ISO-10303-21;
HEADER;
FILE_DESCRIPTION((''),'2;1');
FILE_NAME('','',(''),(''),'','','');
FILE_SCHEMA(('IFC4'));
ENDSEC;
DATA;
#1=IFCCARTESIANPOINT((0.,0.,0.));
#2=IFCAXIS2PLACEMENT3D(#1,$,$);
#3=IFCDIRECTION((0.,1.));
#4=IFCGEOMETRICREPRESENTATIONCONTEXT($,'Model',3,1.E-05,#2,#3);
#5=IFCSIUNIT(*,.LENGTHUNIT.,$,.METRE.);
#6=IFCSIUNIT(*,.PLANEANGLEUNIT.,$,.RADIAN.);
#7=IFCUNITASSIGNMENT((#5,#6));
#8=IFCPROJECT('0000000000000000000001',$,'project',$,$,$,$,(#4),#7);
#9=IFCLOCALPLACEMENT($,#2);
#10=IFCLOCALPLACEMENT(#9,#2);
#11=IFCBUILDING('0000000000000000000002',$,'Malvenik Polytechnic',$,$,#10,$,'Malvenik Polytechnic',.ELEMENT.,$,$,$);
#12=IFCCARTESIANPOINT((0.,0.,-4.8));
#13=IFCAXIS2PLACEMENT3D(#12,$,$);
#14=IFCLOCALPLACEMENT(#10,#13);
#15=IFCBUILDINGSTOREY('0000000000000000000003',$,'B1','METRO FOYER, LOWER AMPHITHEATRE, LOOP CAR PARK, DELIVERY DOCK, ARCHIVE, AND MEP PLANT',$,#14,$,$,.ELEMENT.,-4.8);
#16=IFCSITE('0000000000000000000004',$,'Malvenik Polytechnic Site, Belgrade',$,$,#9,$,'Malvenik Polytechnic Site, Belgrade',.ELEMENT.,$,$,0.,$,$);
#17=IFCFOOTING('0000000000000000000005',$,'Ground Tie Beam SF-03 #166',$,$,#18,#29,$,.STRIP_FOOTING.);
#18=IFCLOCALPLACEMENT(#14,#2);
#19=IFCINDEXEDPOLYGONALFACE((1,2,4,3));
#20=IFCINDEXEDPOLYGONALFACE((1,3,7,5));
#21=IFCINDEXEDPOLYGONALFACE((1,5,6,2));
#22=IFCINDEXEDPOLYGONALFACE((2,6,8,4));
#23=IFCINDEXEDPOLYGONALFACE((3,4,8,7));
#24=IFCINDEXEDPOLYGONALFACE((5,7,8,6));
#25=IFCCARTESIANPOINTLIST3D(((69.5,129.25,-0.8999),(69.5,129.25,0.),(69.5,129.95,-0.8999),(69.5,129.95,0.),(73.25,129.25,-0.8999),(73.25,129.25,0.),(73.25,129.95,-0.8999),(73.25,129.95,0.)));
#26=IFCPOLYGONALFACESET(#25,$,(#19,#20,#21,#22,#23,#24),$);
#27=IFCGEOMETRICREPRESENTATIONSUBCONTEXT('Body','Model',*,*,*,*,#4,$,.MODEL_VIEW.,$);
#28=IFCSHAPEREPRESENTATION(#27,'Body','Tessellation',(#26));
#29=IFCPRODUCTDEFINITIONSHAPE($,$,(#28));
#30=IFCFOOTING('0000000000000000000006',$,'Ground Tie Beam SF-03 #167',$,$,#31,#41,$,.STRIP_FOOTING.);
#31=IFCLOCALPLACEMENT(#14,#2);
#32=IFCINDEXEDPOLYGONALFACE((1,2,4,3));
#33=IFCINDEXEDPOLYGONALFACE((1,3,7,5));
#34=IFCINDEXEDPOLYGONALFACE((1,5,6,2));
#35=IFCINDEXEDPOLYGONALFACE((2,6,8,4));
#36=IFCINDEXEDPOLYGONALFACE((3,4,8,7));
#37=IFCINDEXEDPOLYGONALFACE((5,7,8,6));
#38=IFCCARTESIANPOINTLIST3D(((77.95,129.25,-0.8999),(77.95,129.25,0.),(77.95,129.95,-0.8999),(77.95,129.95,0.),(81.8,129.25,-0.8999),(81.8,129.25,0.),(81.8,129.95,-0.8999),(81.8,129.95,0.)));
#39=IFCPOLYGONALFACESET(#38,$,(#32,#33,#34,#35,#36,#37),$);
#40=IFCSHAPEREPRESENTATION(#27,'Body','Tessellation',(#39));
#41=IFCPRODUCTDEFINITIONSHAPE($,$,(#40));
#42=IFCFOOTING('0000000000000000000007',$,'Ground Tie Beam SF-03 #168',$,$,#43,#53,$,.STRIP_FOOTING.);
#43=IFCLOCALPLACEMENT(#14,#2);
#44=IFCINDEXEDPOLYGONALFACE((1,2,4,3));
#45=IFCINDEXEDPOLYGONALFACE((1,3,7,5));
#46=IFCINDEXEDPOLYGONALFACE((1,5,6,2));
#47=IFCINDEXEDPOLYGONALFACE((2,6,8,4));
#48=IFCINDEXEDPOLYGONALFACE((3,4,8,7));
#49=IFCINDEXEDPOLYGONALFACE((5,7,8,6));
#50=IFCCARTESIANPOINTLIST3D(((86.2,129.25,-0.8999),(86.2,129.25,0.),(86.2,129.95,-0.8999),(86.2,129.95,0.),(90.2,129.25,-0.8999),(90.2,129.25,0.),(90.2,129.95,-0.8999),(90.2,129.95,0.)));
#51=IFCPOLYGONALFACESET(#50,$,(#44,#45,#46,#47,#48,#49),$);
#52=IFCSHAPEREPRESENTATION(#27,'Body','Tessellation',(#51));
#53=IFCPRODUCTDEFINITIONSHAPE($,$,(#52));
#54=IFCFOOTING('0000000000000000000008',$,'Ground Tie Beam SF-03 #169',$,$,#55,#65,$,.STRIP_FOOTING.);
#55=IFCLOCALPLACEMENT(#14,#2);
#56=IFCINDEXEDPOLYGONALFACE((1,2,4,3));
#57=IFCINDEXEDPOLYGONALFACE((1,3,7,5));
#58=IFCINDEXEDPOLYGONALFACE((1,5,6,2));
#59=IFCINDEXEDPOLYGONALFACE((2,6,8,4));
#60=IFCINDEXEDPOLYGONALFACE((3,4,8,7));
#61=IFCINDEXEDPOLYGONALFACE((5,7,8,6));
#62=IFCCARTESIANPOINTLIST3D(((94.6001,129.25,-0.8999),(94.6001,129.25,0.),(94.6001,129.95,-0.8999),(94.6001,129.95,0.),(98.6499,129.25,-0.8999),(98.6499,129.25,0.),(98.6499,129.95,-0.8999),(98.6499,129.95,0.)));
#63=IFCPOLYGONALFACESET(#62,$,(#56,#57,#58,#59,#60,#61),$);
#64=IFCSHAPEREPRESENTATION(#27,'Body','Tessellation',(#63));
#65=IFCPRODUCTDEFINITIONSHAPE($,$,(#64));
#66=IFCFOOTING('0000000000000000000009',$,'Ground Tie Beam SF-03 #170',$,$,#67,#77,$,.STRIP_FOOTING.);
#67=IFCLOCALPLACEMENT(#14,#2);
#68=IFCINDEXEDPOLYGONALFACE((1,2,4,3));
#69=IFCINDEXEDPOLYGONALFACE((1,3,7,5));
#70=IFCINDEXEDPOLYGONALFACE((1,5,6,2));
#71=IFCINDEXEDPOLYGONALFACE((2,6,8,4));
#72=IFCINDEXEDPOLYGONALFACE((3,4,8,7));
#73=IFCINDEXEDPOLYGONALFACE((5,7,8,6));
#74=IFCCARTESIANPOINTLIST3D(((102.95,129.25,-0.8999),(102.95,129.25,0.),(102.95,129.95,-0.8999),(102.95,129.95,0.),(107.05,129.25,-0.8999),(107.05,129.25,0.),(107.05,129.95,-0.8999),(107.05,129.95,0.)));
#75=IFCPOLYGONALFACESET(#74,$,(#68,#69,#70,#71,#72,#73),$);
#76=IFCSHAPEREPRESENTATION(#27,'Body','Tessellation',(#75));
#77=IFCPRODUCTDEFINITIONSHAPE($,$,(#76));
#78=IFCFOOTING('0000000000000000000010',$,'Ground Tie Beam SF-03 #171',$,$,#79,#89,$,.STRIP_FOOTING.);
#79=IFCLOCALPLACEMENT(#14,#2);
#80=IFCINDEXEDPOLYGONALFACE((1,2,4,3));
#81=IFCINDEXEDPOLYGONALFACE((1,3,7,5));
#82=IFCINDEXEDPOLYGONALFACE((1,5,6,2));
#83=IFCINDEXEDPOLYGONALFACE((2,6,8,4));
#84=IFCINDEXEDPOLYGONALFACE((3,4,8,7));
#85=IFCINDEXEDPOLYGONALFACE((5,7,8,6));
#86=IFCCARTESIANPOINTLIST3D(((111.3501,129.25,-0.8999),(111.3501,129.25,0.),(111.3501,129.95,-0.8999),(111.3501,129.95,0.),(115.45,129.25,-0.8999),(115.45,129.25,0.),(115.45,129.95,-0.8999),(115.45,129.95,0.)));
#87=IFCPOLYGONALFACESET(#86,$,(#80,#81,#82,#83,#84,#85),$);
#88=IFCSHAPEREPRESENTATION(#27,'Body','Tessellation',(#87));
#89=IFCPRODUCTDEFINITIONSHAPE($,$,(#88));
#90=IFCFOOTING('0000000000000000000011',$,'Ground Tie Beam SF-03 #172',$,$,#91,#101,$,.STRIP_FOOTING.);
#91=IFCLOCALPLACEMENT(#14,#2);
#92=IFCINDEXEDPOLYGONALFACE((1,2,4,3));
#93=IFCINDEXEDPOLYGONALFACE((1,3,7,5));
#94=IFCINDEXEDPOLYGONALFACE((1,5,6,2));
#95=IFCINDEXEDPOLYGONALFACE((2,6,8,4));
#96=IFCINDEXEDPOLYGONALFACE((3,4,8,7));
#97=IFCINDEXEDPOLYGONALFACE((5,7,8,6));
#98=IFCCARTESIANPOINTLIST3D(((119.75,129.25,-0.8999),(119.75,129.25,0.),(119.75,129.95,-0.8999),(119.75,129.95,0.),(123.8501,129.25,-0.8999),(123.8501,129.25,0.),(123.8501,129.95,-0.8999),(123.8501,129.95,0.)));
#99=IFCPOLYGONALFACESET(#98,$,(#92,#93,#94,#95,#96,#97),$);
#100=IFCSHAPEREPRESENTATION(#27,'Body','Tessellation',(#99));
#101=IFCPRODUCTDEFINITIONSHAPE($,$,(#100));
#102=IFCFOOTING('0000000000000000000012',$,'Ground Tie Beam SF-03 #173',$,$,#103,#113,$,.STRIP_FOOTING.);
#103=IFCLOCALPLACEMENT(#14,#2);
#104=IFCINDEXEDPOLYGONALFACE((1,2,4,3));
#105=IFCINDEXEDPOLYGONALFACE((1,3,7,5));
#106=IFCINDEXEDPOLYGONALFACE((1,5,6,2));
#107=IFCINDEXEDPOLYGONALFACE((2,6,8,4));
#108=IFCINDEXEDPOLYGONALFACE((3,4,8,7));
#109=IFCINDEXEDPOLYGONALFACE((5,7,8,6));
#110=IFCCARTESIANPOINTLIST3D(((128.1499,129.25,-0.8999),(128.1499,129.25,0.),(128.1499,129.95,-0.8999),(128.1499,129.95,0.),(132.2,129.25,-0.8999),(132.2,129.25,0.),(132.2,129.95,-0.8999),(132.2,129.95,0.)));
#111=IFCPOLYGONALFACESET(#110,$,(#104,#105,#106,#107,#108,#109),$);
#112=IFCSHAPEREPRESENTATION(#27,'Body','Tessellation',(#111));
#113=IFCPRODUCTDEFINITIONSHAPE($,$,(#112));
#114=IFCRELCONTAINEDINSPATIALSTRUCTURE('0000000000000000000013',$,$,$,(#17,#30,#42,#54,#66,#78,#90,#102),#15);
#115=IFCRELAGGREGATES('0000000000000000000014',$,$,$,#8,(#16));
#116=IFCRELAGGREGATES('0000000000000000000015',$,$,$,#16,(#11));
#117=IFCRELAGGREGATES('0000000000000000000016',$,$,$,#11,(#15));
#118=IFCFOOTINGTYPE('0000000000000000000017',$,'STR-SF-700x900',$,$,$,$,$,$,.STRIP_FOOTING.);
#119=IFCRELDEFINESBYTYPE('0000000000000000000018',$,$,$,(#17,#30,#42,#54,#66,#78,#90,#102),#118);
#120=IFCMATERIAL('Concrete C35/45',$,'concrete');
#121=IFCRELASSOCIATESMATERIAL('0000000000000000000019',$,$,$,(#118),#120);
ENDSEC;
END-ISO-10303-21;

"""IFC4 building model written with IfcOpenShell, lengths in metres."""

from ifc_helpers import new_model, si_unit, direction, frame, origin, place, context, subcontext, project, spatial, polyline, outline, extrude, material, type_object, element, save


model = new_model("IFC4")

# Units and contexts
model_context = context("Model", 3, precision=1e-05, world=origin(), true_north=direction((0.0, 1.0)))
body_context = subcontext(model_context, "Body", "Model", "MODEL_VIEW")
ifc_project = project(units=[si_unit("LENGTHUNIT", "METRE"), si_unit("PLANEANGLEUNIT", "RADIAN")], contexts=[model_context])

# Site, building, storey
site_placement = place(None, origin())
site = spatial("IfcSite", under=ifc_project, at=site_placement, Name="Malvenik Polytechnic Site, Belgrade", LongName="Malvenik Polytechnic Site, Belgrade", CompositionType="ELEMENT", RefElevation=0.0)
building_placement = place(site_placement, origin())
building = spatial("IfcBuilding", under=site, at=building_placement, Name="Malvenik Polytechnic", LongName="Malvenik Polytechnic", CompositionType="ELEMENT")
storey_placement = place(building_placement, frame((0.0, 0.0, -4.8)))
storey = spatial("IfcBuildingStorey", under=building, at=storey_placement, Name="B1", Description="METRO FOYER, LOWER AMPHITHEATRE, LOOP CAR PARK, DELIVERY DOCK, ARCHIVE, AND MEP PLANT", CompositionType="ELEMENT", Elevation=-4.8)

# Footings
ifc_material = material(Name="Concrete C35/45", Category="concrete")
footing_type_1 = type_object("IfcFootingType", Name="STR-SF-700x900", PredefinedType="STRIP_FOOTING", material=ifc_material)
footing_1_placement = place(storey_placement, frame((0.0, 0.0, -0.8999)))
element("IfcFooting", 1, at=footing_1_placement, inside=storey, type_object=footing_type_1, Name="Ground Tie Beam SF-03 #166", PredefinedType="STRIP_FOOTING", context=body_context, shape_type="SweptSolid", body=[
    extrude(outline(polyline([(69.5, 129.25), (73.25, 129.25), (73.25, 129.95), (69.5, 129.95), (69.5, 129.25)])), origin(), (0.0, 0.0, 1.0), 0.8999),
])
footing_2_placement = place(storey_placement, frame((0.0, 0.0, -0.8999)))
element("IfcFooting", 2, at=footing_2_placement, inside=storey, type_object=footing_type_1, Name="Ground Tie Beam SF-03 #167", PredefinedType="STRIP_FOOTING", context=body_context, shape_type="SweptSolid", body=[
    extrude(outline(polyline([(77.95, 129.25), (81.8, 129.25), (81.8, 129.95), (77.95, 129.95), (77.95, 129.25)])), origin(), (0.0, 0.0, 1.0), 0.8999),
])
footing_3_placement = place(storey_placement, frame((0.0, 0.0, -0.8999)))
element("IfcFooting", 3, at=footing_3_placement, inside=storey, type_object=footing_type_1, Name="Ground Tie Beam SF-03 #168", PredefinedType="STRIP_FOOTING", context=body_context, shape_type="SweptSolid", body=[
    extrude(outline(polyline([(86.2, 129.25), (90.2, 129.25), (90.2, 129.95), (86.2, 129.95), (86.2, 129.25)])), origin(), (0.0, 0.0, 1.0), 0.8999),
])
footing_4_placement = place(storey_placement, frame((0.0, 0.0, -0.8999)))
element("IfcFooting", 4, at=footing_4_placement, inside=storey, type_object=footing_type_1, Name="Ground Tie Beam SF-03 #169", PredefinedType="STRIP_FOOTING", context=body_context, shape_type="SweptSolid", body=[
    extrude(outline(polyline([(94.6001, 129.25), (98.6499, 129.25), (98.6499, 129.95), (94.6001, 129.95), (94.6001, 129.25)])), origin(), (0.0, 0.0, 1.0), 0.8999),
])
footing_5_placement = place(storey_placement, frame((0.0, 0.0, -0.8999)))
element("IfcFooting", 5, at=footing_5_placement, inside=storey, type_object=footing_type_1, Name="Ground Tie Beam SF-03 #170", PredefinedType="STRIP_FOOTING", context=body_context, shape_type="SweptSolid", body=[
    extrude(outline(polyline([(102.95, 129.25), (107.05, 129.25), (107.05, 129.95), (102.95, 129.95), (102.95, 129.25)])), origin(), (0.0, 0.0, 1.0), 0.8999),
])
footing_6_placement = place(storey_placement, frame((0.0, 0.0, -0.8999)))
element("IfcFooting", 6, at=footing_6_placement, inside=storey, type_object=footing_type_1, Name="Ground Tie Beam SF-03 #171", PredefinedType="STRIP_FOOTING", context=body_context, shape_type="SweptSolid", body=[
    extrude(outline(polyline([(111.3501, 129.25), (115.45, 129.25), (115.45, 129.95), (111.3501, 129.95), (111.3501, 129.25)])), origin(), (0.0, 0.0, 1.0), 0.8999),
])
footing_7_placement = place(storey_placement, frame((0.0, 0.0, -0.8999)))
element("IfcFooting", 7, at=footing_7_placement, inside=storey, type_object=footing_type_1, Name="Ground Tie Beam SF-03 #172", PredefinedType="STRIP_FOOTING", context=body_context, shape_type="SweptSolid", body=[
    extrude(outline(polyline([(119.75, 129.25), (123.8501, 129.25), (123.8501, 129.95), (119.75, 129.95), (119.75, 129.25)])), origin(), (0.0, 0.0, 1.0), 0.8999),
])
footing_8_placement = place(storey_placement, frame((0.0, 0.0, -0.8999)))
element("IfcFooting", 8, at=footing_8_placement, inside=storey, type_object=footing_type_1, Name="Ground Tie Beam SF-03 #173", PredefinedType="STRIP_FOOTING", context=body_context, shape_type="SweptSolid", body=[
    extrude(outline(polyline([(128.1499, 129.25), (132.2, 129.25), (132.2, 129.95), (128.1499, 129.95), (128.1499, 129.25)])), origin(), (0.0, 0.0, 1.0), 0.8999),
])

save(model, "model.ifc")
